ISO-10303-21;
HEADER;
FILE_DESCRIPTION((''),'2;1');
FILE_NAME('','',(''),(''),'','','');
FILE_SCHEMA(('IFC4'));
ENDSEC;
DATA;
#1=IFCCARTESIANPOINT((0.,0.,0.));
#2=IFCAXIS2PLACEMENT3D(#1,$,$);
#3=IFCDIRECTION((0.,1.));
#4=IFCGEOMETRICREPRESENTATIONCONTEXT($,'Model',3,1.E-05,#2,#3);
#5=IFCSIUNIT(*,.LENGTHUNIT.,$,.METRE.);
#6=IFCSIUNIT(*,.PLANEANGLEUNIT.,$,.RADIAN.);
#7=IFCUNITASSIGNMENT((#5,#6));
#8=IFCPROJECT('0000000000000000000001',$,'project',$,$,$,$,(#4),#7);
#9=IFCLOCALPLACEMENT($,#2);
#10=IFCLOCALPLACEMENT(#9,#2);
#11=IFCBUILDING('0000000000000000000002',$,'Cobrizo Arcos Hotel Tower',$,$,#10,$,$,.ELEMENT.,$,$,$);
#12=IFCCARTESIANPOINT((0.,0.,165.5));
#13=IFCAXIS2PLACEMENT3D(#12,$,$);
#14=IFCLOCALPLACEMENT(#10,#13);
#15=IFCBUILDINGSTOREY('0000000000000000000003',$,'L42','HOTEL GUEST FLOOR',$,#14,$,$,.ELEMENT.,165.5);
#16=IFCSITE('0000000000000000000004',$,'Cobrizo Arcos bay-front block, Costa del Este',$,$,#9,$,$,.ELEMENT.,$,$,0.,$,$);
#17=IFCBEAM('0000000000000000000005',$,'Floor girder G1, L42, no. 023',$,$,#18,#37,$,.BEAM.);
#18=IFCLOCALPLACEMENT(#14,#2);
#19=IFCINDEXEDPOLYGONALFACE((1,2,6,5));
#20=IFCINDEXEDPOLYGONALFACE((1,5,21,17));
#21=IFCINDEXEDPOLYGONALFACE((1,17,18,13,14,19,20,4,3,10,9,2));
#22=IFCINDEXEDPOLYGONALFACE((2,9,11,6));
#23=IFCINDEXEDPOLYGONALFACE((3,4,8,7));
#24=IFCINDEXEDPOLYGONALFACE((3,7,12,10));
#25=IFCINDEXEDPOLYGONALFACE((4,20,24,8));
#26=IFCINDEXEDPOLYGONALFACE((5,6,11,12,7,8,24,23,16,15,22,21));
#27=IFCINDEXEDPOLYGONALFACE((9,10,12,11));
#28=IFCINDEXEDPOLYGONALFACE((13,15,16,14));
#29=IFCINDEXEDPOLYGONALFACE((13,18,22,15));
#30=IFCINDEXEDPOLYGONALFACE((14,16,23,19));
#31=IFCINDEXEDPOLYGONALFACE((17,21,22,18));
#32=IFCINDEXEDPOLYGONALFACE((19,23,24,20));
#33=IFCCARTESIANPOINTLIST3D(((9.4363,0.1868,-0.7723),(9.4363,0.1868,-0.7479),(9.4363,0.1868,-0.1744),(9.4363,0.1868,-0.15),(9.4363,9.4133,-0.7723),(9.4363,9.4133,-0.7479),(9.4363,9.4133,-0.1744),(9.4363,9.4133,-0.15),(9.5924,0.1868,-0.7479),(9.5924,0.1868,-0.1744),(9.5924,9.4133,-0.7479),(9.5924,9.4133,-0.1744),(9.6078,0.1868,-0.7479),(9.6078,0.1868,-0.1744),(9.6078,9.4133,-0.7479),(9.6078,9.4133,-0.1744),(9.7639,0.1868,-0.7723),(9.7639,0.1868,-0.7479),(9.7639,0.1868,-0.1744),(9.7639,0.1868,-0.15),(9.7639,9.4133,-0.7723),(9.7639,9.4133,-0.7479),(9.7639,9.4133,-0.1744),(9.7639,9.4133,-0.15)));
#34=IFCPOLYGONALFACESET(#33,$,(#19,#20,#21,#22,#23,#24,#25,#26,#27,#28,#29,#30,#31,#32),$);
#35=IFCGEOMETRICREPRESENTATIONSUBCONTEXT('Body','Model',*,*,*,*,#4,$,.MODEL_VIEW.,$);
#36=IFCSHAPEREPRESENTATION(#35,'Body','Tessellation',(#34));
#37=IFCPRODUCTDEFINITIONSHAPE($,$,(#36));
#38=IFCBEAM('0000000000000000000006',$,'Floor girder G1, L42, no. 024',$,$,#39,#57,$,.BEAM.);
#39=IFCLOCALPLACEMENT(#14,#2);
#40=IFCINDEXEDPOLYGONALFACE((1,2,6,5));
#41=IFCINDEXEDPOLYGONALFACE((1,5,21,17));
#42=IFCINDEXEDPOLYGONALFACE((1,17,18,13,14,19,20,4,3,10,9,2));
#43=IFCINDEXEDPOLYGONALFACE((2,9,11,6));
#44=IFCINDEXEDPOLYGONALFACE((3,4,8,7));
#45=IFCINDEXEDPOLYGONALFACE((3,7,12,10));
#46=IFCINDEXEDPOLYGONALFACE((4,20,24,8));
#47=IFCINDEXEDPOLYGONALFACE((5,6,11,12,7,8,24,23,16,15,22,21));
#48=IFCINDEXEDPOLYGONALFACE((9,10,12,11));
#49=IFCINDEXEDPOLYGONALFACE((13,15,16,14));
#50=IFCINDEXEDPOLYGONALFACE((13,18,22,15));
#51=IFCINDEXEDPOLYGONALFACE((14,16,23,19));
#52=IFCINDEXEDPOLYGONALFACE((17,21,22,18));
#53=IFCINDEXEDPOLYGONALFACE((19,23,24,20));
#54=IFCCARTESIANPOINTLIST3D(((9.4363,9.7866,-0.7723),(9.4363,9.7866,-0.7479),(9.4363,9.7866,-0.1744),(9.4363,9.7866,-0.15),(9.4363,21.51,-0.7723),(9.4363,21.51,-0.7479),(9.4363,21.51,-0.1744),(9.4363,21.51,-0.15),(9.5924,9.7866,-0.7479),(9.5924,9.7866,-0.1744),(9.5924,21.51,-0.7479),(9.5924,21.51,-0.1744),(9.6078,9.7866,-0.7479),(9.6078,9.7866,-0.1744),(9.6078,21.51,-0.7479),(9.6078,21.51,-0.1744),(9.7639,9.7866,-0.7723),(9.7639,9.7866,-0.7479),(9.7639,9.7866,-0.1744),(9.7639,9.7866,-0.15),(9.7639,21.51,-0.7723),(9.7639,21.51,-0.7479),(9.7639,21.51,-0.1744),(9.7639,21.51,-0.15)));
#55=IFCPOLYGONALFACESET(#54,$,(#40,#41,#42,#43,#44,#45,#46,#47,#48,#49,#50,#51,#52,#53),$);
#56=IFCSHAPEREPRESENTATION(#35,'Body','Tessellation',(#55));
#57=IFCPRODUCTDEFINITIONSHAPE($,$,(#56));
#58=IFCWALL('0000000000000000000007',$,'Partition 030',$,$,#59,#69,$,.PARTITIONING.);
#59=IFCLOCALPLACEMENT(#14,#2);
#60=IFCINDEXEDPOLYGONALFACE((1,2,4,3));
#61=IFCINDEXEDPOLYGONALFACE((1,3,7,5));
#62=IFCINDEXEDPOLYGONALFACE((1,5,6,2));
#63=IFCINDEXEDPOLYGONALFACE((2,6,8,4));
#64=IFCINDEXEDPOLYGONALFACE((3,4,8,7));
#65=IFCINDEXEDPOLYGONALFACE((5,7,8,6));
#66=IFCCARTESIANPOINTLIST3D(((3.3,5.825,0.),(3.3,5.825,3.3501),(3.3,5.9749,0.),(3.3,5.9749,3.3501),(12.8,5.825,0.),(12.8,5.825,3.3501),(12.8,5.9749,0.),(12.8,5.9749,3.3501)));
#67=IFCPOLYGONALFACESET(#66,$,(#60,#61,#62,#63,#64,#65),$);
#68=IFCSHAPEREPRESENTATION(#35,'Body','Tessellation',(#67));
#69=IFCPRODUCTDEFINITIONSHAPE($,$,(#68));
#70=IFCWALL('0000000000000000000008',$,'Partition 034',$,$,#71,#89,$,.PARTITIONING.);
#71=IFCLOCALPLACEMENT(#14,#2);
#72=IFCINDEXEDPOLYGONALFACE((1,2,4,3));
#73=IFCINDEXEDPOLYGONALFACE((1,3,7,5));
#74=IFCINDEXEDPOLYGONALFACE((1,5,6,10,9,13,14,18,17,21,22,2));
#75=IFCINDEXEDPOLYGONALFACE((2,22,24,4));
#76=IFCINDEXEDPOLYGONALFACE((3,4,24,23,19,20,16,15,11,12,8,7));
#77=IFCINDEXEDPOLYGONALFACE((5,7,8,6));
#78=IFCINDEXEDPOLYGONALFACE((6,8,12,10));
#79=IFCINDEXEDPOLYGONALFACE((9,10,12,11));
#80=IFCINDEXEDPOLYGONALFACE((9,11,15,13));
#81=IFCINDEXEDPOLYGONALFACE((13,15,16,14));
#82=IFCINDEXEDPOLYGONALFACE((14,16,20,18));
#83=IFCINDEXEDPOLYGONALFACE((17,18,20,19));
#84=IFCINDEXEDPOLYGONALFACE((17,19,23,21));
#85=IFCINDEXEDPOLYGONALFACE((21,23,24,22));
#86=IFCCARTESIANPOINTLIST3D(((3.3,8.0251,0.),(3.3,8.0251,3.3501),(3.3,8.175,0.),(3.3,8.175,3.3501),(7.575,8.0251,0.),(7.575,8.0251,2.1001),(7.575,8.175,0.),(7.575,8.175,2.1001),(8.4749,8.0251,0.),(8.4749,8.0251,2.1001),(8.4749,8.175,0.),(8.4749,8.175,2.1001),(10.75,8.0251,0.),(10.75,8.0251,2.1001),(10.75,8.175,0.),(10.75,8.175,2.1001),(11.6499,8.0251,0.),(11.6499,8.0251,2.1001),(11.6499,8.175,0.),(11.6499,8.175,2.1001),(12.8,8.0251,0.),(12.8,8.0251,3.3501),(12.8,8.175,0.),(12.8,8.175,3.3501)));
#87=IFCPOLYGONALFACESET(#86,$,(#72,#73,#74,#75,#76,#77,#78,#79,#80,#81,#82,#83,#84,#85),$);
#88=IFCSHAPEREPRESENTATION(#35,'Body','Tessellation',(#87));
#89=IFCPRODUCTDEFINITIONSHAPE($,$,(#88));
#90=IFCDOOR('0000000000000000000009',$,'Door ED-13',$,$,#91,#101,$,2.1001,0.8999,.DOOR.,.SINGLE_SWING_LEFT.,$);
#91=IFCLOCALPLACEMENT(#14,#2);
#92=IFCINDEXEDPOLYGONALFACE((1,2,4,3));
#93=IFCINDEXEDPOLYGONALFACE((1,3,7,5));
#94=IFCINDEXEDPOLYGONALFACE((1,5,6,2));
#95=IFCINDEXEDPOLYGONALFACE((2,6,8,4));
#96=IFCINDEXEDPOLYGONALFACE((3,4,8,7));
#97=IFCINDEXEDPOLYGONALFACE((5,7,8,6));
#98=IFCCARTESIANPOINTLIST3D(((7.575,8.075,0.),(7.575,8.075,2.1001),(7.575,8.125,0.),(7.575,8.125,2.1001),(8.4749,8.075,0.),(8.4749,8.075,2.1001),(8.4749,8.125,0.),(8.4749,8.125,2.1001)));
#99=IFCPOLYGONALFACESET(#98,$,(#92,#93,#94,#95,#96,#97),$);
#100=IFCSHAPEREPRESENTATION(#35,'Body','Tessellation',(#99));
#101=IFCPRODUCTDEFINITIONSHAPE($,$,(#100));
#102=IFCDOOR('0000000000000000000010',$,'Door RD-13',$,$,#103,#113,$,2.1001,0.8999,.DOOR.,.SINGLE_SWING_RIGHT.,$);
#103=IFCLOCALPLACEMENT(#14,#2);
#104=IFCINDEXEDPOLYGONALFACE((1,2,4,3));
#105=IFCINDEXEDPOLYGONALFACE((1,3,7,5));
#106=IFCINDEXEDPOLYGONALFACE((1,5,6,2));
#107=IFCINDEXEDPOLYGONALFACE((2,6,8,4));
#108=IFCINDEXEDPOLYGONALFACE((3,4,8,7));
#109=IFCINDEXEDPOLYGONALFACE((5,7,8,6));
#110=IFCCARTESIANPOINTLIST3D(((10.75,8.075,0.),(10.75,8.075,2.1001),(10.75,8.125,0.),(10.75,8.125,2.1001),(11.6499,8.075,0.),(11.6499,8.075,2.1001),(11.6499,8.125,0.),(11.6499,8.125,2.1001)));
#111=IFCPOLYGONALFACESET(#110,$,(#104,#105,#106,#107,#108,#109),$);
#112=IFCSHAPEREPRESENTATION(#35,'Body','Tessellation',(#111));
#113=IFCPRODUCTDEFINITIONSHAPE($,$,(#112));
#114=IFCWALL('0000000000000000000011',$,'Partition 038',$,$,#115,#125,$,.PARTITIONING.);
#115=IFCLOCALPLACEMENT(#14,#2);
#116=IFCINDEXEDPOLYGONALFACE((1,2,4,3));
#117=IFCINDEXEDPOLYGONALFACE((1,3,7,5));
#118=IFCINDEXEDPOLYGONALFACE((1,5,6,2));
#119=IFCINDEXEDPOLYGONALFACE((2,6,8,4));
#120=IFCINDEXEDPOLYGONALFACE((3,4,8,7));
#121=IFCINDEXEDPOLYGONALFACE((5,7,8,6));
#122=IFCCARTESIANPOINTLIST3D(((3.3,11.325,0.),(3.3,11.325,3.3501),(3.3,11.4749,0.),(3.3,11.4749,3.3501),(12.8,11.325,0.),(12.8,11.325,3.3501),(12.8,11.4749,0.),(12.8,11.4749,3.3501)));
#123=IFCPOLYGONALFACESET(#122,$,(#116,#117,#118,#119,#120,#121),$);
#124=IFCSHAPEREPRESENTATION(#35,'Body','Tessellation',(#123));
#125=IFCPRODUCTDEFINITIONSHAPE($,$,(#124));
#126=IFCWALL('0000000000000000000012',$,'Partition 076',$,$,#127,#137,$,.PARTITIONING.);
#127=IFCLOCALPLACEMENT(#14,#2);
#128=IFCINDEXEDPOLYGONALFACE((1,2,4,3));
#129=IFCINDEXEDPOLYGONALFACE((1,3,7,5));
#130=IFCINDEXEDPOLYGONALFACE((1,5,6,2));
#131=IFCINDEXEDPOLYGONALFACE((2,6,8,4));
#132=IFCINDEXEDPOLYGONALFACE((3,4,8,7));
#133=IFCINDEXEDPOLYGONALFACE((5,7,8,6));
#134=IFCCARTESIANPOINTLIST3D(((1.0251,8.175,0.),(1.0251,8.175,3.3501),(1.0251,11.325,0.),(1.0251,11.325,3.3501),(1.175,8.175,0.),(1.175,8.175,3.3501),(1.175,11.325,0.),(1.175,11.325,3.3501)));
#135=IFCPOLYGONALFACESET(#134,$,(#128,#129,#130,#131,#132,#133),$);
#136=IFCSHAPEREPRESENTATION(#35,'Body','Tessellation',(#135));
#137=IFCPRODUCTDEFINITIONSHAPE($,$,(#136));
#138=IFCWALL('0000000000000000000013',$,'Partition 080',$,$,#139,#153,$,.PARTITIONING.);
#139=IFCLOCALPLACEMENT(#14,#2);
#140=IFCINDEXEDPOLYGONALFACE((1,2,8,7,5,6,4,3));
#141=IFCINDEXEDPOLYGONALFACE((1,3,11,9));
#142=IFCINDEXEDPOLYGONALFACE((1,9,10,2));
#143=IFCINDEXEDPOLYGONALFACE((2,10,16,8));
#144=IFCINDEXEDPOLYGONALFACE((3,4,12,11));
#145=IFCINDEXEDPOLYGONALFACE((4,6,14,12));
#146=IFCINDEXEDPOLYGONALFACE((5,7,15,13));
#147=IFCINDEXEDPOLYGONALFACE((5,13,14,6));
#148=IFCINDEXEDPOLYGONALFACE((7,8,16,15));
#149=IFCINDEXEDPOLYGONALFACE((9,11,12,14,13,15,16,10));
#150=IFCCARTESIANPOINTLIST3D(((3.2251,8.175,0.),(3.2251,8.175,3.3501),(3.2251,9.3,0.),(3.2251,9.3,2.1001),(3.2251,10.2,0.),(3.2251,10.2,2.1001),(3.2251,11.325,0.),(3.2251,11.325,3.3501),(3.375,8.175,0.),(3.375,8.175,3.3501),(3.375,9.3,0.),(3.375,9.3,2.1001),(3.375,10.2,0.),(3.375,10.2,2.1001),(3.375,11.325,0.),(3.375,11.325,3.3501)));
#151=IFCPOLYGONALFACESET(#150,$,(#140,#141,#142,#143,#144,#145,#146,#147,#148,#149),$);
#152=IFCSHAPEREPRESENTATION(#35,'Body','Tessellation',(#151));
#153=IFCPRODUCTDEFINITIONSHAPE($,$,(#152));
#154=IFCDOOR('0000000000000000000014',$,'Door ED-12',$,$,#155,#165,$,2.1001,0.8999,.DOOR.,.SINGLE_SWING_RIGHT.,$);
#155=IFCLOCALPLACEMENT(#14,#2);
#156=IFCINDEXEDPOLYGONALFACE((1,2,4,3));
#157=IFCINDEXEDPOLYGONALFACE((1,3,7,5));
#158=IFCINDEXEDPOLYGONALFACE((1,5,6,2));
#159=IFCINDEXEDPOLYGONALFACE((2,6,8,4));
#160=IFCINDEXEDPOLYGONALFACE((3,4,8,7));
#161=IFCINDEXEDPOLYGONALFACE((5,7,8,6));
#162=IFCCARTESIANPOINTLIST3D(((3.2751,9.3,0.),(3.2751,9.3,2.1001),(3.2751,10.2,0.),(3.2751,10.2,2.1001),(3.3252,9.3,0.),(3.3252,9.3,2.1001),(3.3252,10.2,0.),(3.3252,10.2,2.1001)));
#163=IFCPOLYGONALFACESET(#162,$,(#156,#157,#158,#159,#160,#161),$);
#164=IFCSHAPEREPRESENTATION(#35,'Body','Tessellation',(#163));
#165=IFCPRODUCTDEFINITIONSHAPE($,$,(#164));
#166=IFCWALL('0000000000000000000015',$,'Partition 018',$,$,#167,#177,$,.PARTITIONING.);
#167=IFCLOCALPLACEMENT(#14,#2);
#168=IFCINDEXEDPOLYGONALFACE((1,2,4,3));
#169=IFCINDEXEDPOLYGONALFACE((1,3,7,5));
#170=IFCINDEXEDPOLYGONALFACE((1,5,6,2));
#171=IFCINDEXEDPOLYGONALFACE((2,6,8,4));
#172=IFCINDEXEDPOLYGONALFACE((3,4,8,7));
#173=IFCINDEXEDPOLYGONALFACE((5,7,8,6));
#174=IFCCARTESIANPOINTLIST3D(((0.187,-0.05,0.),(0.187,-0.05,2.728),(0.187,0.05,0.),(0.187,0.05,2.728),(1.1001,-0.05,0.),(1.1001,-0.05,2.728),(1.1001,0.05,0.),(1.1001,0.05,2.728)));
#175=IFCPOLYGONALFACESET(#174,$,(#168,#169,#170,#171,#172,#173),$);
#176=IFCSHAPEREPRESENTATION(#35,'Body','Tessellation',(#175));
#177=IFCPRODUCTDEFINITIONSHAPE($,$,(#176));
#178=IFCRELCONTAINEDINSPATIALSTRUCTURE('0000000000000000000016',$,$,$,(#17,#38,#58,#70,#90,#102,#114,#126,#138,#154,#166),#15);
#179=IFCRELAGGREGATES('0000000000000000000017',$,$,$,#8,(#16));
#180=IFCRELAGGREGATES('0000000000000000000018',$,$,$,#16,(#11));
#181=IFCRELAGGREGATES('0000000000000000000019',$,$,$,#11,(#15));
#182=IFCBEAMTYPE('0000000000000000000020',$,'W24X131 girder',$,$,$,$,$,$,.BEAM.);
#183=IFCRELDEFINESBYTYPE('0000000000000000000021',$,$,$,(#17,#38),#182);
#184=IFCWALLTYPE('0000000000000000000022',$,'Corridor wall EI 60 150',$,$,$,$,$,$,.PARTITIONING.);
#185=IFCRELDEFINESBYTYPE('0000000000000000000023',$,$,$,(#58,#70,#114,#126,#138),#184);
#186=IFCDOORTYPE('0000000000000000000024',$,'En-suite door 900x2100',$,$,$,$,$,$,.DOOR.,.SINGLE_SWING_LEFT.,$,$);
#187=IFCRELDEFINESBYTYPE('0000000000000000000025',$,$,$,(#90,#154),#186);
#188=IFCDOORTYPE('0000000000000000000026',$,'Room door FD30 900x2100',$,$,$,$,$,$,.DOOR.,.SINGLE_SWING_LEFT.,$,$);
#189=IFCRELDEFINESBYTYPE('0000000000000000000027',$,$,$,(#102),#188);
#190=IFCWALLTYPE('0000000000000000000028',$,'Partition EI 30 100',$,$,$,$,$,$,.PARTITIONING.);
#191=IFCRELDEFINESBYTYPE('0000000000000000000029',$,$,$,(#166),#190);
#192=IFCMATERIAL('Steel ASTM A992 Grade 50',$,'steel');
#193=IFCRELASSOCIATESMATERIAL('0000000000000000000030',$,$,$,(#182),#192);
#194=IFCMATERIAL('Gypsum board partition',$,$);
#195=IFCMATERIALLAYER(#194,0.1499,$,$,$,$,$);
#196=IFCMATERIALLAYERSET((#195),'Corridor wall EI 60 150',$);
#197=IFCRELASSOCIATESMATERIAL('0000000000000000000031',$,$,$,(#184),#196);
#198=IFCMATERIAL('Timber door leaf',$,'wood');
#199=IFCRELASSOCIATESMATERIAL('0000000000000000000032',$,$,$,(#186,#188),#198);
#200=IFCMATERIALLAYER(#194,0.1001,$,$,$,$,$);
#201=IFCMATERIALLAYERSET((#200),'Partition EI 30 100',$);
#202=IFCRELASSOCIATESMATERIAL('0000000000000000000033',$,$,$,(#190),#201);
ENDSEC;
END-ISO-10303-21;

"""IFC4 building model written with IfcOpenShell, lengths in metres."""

from ifc_helpers import new_model, si_unit, direction, frame, frame_2d, origin, origin_2d, place, context, subcontext, project, spatial, rectangle, i_section, extrude, material, layer, layer_set, material_profile, profile_set, type_object, element, fill, save


model = new_model("IFC4")

# Units and contexts
model_context = context("Model", 3, precision=1e-05, world=origin(), true_north=direction((0.0, 1.0)))
body_context = subcontext(model_context, "Body", "Model", "MODEL_VIEW")
ifc_project = project(units=[si_unit("LENGTHUNIT", "METRE"), si_unit("PLANEANGLEUNIT", "RADIAN")], contexts=[model_context])

# Site, building, storey
site_placement = place(None, origin())
site = spatial("IfcSite", under=ifc_project, at=site_placement, Name="Cobrizo Arcos bay-front block, Costa del Este", CompositionType="ELEMENT", RefElevation=0.0)
building_placement = place(site_placement, origin())
building = spatial("IfcBuilding", under=site, at=building_placement, Name="Cobrizo Arcos Hotel Tower", CompositionType="ELEMENT")
storey_placement = place(building_placement, frame((0.0, 0.0, 165.5)))
storey = spatial("IfcBuildingStorey", under=building, at=storey_placement, Name="L42", Description="HOTEL GUEST FLOOR", CompositionType="ELEMENT", Elevation=165.5)

# Shared definitions
ifc_material_1 = material(Name="Steel ASTM A992 Grade 50", Category="steel")

# Beams
ifc_material_profile_1 = material_profile(ifc_material_1, i_section(OverallWidth=0.3276, OverallDepth=0.6223, WebThickness=0.0154, FlangeThickness=0.0244, at=origin_2d()), Name="W24X131")
ifc_profile_set_1 = profile_set([ifc_material_profile_1], Name="Steel ASTM A992 Grade 50")
beam_type_1 = type_object("IfcBeamType", Name="W24X131 girder", PredefinedType="BEAM", material=ifc_profile_set_1)
beam_1_placement = place(storey_placement, frame((9.6001, 0.1868, -0.4612), z_axis=(0.0, 1.0, 0.0), x_axis=(-1.0, 0.0, 0.0)))
element("IfcBeam", 1, at=beam_1_placement, inside=storey, type_object=beam_type_1, Name="Floor girder G1, L42, no. 023", PredefinedType="BEAM", context=body_context, shape_type="SweptSolid", body=[
    extrude(i_section(OverallWidth=0.3276, OverallDepth=0.6223, WebThickness=0.0154, FlangeThickness=0.0244, at=origin_2d()), origin(), (0.0, 0.0, 1.0), 9.2266),
])
beam_2_placement = place(storey_placement, frame((9.6001, 9.7866, -0.4612), z_axis=(0.0, 1.0, 0.0), x_axis=(-1.0, 0.0, 0.0)))
element("IfcBeam", 2, at=beam_2_placement, inside=storey, type_object=beam_type_1, Name="Floor girder G1, L42, no. 024", PredefinedType="BEAM", context=body_context, shape_type="SweptSolid", body=[
    extrude(i_section(OverallWidth=0.3276, OverallDepth=0.6223, WebThickness=0.0154, FlangeThickness=0.0244, at=origin_2d()), origin(), (0.0, 0.0, 1.0), 11.7234),
])

# Wall
ifc_material_2 = material(Name="Gypsum board partition")
ifc_layer_1 = layer(ifc_material_2, 0.1499)
ifc_layer_set_1 = layer_set([ifc_layer_1], Name="Corridor wall EI 60 150")
wall_type_1 = type_object("IfcWallType", Name="Corridor wall EI 60 150", PredefinedType="PARTITIONING", material=ifc_layer_set_1)
wall_1_placement = place(storey_placement, frame((3.3, 5.8999, 0.0), z_axis=(0.0, 0.0, 1.0), x_axis=(1.0, 0.0, 0.0)))
element("IfcWall", 3, at=wall_1_placement, inside=storey, type_object=wall_type_1, Name="Partition 030", PredefinedType="PARTITIONING", context=body_context, shape_type="SweptSolid", body=[
    extrude(rectangle(XDim=9.5, YDim=0.1499, at=frame_2d((4.75, 0.0))), origin(), (0.0, 0.0, 1.0), 3.3501),
])

# Wall, openings, doors
wall_2_placement = place(storey_placement, frame((3.3, 8.1001, 0.0), z_axis=(0.0, 0.0, 1.0), x_axis=(1.0, 0.0, 0.0)))
wall_2 = element("IfcWall", 4, at=wall_2_placement, inside=storey, type_object=wall_type_1, Name="Partition 034", PredefinedType="PARTITIONING", context=body_context, shape_type="SweptSolid", body=[
    extrude(rectangle(XDim=9.5, YDim=0.1499, at=frame_2d((4.75, 0.0))), origin(), (0.0, 0.0, 1.0), 3.3501),
])
opening_1_placement = place(wall_2_placement, frame((7.45, 0.0, 0.0)))
opening_1 = element("IfcOpeningElement", 5, at=opening_1_placement, cuts=wall_2, PredefinedType="OPENING", context=body_context, shape_type="SweptSolid", body=[
    extrude(rectangle(XDim=0.8999, YDim=2.1001, at=frame_2d((0.45, 1.05))), frame((0.0, 0.0869, 0.0), z_axis=(0.0, -1.0, 0.0), x_axis=(1.0, 0.0, 0.0)), (0.0, 0.0, 1.0), 0.1738),
])
opening_2_placement = place(wall_2_placement, frame((4.2749, 0.0, 0.0)))
opening_2 = element("IfcOpeningElement", 6, at=opening_2_placement, cuts=wall_2, PredefinedType="OPENING", context=body_context, shape_type="SweptSolid", body=[
    extrude(rectangle(XDim=0.8999, YDim=2.1001, at=frame_2d((0.45, 1.05))), frame((0.0, 0.0869, 0.0), z_axis=(0.0, -1.0, 0.0), x_axis=(1.0, 0.0, 0.0)), (0.0, 0.0, 1.0), 0.1738),
])
ifc_material_3 = material(Name="Timber door leaf", Category="wood")
door_type_1 = type_object("IfcDoorType", Name="En-suite door 900x2100", OperationType="SINGLE_SWING_LEFT", PredefinedType="DOOR", material=ifc_material_3)
door_1_placement = place(opening_2_placement, origin())
door_1 = element("IfcDoor", 7, at=door_1_placement, inside=storey, type_object=door_type_1, Name="Door ED-13", OperationType="SINGLE_SWING_LEFT", OverallHeight=2.1001, OverallWidth=0.8999, PredefinedType="DOOR", context=body_context, shape_type="SweptSolid", body=[
    extrude(rectangle(XDim=0.8999, YDim=2.1001, at=frame_2d((0.45, 1.05))), frame((0.0, 0.0249, 0.0), z_axis=(0.0, -1.0, 0.0), x_axis=(1.0, 0.0, 0.0)), (0.0, 0.0, 1.0), 0.05),
])
fill(opening_2, door_1)
door_type_2 = type_object("IfcDoorType", Name="Room door FD30 900x2100", OperationType="SINGLE_SWING_LEFT", PredefinedType="DOOR", material=ifc_material_3)
door_2_placement = place(opening_1_placement, origin())
door_2 = element("IfcDoor", 8, at=door_2_placement, inside=storey, type_object=door_type_2, Name="Door RD-13", OperationType="SINGLE_SWING_RIGHT", OverallHeight=2.1001, OverallWidth=0.8999, PredefinedType="DOOR", context=body_context, shape_type="SweptSolid", body=[
    extrude(rectangle(XDim=0.8999, YDim=2.1001, at=frame_2d((0.45, 1.05))), frame((0.0, 0.0249, 0.0), z_axis=(0.0, -1.0, 0.0), x_axis=(1.0, 0.0, 0.0)), (0.0, 0.0, 1.0), 0.05),
])
fill(opening_1, door_2)

# Walls
wall_3_placement = place(storey_placement, frame((3.3, 11.3999, 0.0), z_axis=(0.0, 0.0, 1.0), x_axis=(1.0, 0.0, 0.0)))
element("IfcWall", 9, at=wall_3_placement, inside=storey, type_object=wall_type_1, Name="Partition 038", PredefinedType="PARTITIONING", context=body_context, shape_type="SweptSolid", body=[
    extrude(rectangle(XDim=9.5, YDim=0.1499, at=frame_2d((4.75, 0.0))), origin(), (0.0, 0.0, 1.0), 3.3501),
])
wall_4_placement = place(storey_placement, frame((1.1001, 8.175, 0.0), z_axis=(0.0, 0.0, 1.0), x_axis=(0.0, 1.0, 0.0)))
element("IfcWall", 10, at=wall_4_placement, inside=storey, type_object=wall_type_1, Name="Partition 076", PredefinedType="PARTITIONING", context=body_context, shape_type="SweptSolid", body=[
    extrude(rectangle(XDim=3.1499, YDim=0.1499, at=frame_2d((1.575, 0.0))), origin(), (0.0, 0.0, 1.0), 3.3501),
])

# Wall, opening, door
wall_5_placement = place(storey_placement, frame((3.3, 8.175, 0.0), z_axis=(0.0, 0.0, 1.0), x_axis=(0.0, 1.0, 0.0)))
wall_5 = element("IfcWall", 11, at=wall_5_placement, inside=storey, type_object=wall_type_1, Name="Partition 080", PredefinedType="PARTITIONING", context=body_context, shape_type="SweptSolid", body=[
    extrude(rectangle(XDim=3.1499, YDim=0.1499, at=frame_2d((1.575, 0.0))), origin(), (0.0, 0.0, 1.0), 3.3501),
])
opening_3_placement = place(wall_5_placement, frame((1.125, 0.0, 0.0)))
opening_3 = element("IfcOpeningElement", 12, at=opening_3_placement, cuts=wall_5, PredefinedType="OPENING", context=body_context, shape_type="SweptSolid", body=[
    extrude(rectangle(XDim=0.8999, YDim=2.1001, at=frame_2d((0.45, 1.05))), frame((0.0, 0.0869, 0.0), z_axis=(0.0, -1.0, 0.0), x_axis=(1.0, 0.0, 0.0)), (0.0, 0.0, 1.0), 0.1738),
])
door_3_placement = place(opening_3_placement, origin())
door_3 = element("IfcDoor", 13, at=door_3_placement, inside=storey, type_object=door_type_1, Name="Door ED-12", OperationType="SINGLE_SWING_RIGHT", OverallHeight=2.1001, OverallWidth=0.8999, PredefinedType="DOOR", context=body_context, shape_type="SweptSolid", body=[
    extrude(rectangle(XDim=0.8999, YDim=2.1001, at=frame_2d((0.45, 1.05))), frame((0.0, 0.0249, 0.0), z_axis=(0.0, -1.0, 0.0), x_axis=(1.0, 0.0, 0.0)), (0.0, 0.0, 1.0), 0.05),
])
fill(opening_3, door_3)

# Wall
ifc_layer_2 = layer(ifc_material_2, 0.1001)
ifc_layer_set_2 = layer_set([ifc_layer_2], Name="Partition EI 30 100")
wall_type_2 = type_object("IfcWallType", Name="Partition EI 30 100", PredefinedType="PARTITIONING", material=ifc_layer_set_2)
wall_6_placement = place(storey_placement, frame((0.187, 0.0, 0.0), z_axis=(0.0, 0.0, 1.0), x_axis=(1.0, 0.0, 0.0)))
element("IfcWall", 14, at=wall_6_placement, inside=storey, type_object=wall_type_2, Name="Partition 018", PredefinedType="PARTITIONING", context=body_context, shape_type="SweptSolid", body=[
    extrude(rectangle(XDim=0.9131, YDim=0.1001, at=frame_2d((0.4565, 0.0))), origin(), (0.0, 0.0, 1.0), 2.728),
])

save(model, "model.ifc")
